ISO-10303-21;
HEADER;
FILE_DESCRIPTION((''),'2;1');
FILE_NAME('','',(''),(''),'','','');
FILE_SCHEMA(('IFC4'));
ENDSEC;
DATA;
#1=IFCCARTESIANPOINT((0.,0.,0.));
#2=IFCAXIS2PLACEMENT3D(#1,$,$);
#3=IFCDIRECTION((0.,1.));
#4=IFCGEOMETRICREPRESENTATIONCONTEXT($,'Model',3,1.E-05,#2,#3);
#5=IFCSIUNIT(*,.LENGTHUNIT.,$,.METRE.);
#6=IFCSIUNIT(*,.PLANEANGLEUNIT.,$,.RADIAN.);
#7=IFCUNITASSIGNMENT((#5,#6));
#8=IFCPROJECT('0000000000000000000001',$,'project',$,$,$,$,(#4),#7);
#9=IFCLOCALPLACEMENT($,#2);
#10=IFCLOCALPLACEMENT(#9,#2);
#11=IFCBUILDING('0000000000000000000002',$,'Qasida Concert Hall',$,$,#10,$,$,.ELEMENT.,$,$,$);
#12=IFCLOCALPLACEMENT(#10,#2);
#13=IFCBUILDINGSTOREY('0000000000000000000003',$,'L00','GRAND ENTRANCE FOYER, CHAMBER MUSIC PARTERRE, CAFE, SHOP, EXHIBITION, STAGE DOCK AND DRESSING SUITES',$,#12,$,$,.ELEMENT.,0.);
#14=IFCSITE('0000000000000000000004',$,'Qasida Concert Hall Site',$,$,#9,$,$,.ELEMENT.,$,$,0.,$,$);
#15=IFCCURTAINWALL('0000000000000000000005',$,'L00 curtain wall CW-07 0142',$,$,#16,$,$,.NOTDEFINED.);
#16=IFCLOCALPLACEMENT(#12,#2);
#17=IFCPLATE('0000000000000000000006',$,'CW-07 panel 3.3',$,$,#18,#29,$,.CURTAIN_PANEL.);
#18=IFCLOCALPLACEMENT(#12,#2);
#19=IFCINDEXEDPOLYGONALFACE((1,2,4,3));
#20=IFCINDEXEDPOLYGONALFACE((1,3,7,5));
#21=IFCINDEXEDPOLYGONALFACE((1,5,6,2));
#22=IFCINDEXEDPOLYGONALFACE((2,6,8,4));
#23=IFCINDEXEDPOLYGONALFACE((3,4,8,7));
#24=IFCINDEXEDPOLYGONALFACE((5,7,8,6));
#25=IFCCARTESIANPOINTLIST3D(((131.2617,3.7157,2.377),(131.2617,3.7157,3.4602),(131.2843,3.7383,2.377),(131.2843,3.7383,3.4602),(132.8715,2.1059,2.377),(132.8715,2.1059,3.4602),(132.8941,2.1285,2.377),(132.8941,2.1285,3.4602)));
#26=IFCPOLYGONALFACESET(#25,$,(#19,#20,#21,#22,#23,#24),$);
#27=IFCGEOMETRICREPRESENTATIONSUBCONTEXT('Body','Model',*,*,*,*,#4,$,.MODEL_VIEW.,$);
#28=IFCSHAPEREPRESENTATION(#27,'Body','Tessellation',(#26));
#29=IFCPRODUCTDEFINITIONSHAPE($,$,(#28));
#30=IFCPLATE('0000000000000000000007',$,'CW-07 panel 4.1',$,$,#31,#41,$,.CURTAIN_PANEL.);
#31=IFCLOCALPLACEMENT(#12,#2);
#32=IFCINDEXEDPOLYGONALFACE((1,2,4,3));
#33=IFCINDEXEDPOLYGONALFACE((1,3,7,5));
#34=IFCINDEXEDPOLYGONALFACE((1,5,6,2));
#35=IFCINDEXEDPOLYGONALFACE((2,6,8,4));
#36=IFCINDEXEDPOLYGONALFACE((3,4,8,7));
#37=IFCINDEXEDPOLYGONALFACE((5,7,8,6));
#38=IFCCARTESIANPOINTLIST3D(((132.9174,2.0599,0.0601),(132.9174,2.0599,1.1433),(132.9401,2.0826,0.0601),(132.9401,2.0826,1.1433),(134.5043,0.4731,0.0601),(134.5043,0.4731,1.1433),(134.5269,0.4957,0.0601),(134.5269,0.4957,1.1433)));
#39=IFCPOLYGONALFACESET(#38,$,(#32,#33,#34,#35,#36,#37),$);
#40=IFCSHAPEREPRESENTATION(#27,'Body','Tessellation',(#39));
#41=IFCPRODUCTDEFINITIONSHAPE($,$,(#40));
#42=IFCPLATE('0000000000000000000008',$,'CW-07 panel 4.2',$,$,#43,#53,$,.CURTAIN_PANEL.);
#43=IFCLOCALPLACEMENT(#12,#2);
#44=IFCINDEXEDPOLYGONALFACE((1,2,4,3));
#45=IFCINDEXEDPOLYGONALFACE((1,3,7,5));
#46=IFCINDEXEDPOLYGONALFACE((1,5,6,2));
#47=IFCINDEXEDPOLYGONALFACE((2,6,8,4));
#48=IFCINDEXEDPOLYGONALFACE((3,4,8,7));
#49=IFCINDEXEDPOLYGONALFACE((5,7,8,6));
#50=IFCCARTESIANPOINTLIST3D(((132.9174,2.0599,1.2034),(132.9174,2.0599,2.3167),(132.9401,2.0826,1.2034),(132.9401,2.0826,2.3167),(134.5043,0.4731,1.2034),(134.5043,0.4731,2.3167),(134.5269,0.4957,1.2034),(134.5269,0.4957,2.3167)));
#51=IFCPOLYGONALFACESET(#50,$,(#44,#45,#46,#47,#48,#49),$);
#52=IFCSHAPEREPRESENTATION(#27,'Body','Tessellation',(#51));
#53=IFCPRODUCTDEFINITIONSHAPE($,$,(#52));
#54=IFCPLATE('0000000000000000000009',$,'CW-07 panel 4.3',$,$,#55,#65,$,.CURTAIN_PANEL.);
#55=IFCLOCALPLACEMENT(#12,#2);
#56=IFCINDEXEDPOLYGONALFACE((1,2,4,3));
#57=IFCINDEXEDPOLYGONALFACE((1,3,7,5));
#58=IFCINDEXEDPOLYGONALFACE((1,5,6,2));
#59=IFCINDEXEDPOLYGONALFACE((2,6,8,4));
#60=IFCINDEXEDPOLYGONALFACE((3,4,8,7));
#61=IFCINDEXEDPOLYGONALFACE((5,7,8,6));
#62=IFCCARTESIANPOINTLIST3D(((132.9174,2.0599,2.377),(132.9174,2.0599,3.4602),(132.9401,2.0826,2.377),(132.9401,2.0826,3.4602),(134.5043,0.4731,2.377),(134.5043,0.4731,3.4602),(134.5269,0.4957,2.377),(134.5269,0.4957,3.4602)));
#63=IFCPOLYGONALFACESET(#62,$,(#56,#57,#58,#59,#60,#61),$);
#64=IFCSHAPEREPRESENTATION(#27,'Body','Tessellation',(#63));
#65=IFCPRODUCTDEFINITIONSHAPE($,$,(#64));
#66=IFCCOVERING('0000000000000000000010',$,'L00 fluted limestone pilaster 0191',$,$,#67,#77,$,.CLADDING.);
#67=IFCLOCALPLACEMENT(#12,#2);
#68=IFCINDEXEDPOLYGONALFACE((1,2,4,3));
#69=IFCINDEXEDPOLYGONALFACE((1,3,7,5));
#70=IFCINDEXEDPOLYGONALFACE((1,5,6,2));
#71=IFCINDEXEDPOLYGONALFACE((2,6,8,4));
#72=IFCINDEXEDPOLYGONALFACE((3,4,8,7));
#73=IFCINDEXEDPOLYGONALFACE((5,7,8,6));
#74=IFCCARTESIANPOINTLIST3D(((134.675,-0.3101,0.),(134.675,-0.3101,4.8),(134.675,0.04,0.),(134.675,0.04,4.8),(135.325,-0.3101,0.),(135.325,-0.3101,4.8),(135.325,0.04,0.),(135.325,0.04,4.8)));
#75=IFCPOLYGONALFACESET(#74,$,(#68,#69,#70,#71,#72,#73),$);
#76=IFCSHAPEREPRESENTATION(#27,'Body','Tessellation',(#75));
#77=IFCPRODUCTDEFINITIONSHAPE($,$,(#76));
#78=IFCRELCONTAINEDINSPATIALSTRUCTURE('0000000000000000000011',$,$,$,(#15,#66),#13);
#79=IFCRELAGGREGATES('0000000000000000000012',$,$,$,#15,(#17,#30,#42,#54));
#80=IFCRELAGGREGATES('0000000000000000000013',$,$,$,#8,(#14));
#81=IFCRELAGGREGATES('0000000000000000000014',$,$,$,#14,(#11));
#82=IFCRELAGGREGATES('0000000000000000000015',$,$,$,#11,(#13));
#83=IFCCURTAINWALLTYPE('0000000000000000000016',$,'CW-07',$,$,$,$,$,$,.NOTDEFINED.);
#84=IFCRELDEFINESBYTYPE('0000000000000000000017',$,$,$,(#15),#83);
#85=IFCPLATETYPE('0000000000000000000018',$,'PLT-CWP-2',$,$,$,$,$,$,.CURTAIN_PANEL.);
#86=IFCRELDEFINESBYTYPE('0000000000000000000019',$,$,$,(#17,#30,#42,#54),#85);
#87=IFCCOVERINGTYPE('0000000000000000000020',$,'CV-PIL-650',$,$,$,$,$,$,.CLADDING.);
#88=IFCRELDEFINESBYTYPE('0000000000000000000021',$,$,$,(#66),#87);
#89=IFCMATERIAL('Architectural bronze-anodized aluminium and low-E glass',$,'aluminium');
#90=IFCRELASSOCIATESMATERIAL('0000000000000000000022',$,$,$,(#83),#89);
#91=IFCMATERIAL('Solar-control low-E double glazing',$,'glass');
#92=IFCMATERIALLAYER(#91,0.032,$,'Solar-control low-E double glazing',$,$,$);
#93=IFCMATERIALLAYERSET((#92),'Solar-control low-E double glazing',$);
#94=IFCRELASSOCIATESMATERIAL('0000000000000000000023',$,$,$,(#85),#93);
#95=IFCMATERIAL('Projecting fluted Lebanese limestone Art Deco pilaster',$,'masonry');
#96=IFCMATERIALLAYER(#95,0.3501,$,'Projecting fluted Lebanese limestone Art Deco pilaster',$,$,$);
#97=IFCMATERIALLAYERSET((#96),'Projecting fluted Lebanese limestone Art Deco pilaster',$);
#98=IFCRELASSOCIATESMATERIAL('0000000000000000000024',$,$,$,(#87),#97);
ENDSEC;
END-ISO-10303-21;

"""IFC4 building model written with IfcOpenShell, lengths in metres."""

from ifc_helpers import new_model, si_unit, direction, frame, origin, origin_2d, place, context, subcontext, project, spatial, rectangle, extrude, material, layer, layer_set, type_object, element, aggregate, save


model = new_model("IFC4")

# Units and contexts
model_context = context("Model", 3, precision=1e-05, world=origin(), true_north=direction((0.0, 1.0)))
body_context = subcontext(model_context, "Body", "Model", "MODEL_VIEW")
ifc_project = project(units=[si_unit("LENGTHUNIT", "METRE"), si_unit("PLANEANGLEUNIT", "RADIAN")], contexts=[model_context])

# Site, building, storey
site_placement = place(None, origin())
site = spatial("IfcSite", under=ifc_project, at=site_placement, Name="Qasida Concert Hall Site", CompositionType="ELEMENT", RefElevation=0.0)
building_placement = place(site_placement, origin())
building = spatial("IfcBuilding", under=site, at=building_placement, Name="Qasida Concert Hall", CompositionType="ELEMENT")
storey_placement = place(building_placement, origin())
storey = spatial("IfcBuildingStorey", under=building, at=storey_placement, Name="L00", Description="GRAND ENTRANCE FOYER, CHAMBER MUSIC PARTERRE, CAFE, SHOP, EXHIBITION, STAGE DOCK AND DRESSING SUITES", CompositionType="ELEMENT", Elevation=0.0)

# Curtain wall, plates
ifc_material_1 = material(Name="Architectural bronze-anodized aluminium and low-E glass", Category="aluminium")
curtain_wall_type = type_object("IfcCurtainWallType", Name="CW-07", PredefinedType="NOTDEFINED", material=ifc_material_1)
curtain_wall_placement = place(storey_placement, origin())
curtain_wall = element("IfcCurtainWall", 1, at=curtain_wall_placement, inside=storey, type_object=curtain_wall_type, Name="L00 curtain wall CW-07 0142", PredefinedType="NOTDEFINED")
ifc_material_2 = material(Name="Solar-control low-E double glazing", Category="glass")
ifc_layer_1 = layer(ifc_material_2, 0.032, Name="Solar-control low-E double glazing")
ifc_layer_set_1 = layer_set([ifc_layer_1], Name="Solar-control low-E double glazing")
plate_type = type_object("IfcPlateType", Name="PLT-CWP-2", PredefinedType="CURTAIN_PANEL", material=ifc_layer_set_1)
plate_1_placement = place(storey_placement, frame((132.0779, 2.9221, 2.377), z_axis=(0.0, 0.0, 1.0), x_axis=(0.707107, -0.707107, 0.0)))
plate_1 = element("IfcPlate", 2, at=plate_1_placement, type_object=plate_type, Name="CW-07 panel 3.3", PredefinedType="CURTAIN_PANEL", context=body_context, shape_type="SweptSolid", body=[
    extrude(rectangle(XDim=2.2766, YDim=0.032, at=origin_2d()), origin(), (0.0, 0.0, 1.0), 1.0833),
])
plate_2_placement = place(storey_placement, frame((133.7222, 1.2778, 0.0601), z_axis=(0.0, 0.0, 1.0), x_axis=(0.707107, -0.707107, 0.0)))
plate_2 = element("IfcPlate", 3, at=plate_2_placement, type_object=plate_type, Name="CW-07 panel 4.1", PredefinedType="CURTAIN_PANEL", context=body_context, shape_type="SweptSolid", body=[
    extrude(rectangle(XDim=2.2441, YDim=0.032, at=origin_2d()), origin(), (0.0, 0.0, 1.0), 1.0833),
])
plate_3_placement = place(storey_placement, frame((133.7222, 1.2778, 1.2034), z_axis=(0.0, 0.0, 1.0), x_axis=(0.707107, -0.707107, 0.0)))
plate_3 = element("IfcPlate", 4, at=plate_3_placement, type_object=plate_type, Name="CW-07 panel 4.2", PredefinedType="CURTAIN_PANEL", context=body_context, shape_type="SweptSolid", body=[
    extrude(rectangle(XDim=2.2441, YDim=0.032, at=origin_2d()), origin(), (0.0, 0.0, 1.0), 1.1133),
])
plate_4_placement = place(storey_placement, frame((133.7222, 1.2778, 2.377), z_axis=(0.0, 0.0, 1.0), x_axis=(0.707107, -0.707107, 0.0)))
plate_4 = element("IfcPlate", 5, at=plate_4_placement, type_object=plate_type, Name="CW-07 panel 4.3", PredefinedType="CURTAIN_PANEL", context=body_context, shape_type="SweptSolid", body=[
    extrude(rectangle(XDim=2.2441, YDim=0.032, at=origin_2d()), origin(), (0.0, 0.0, 1.0), 1.0833),
])
aggregate(curtain_wall, [plate_1, plate_2, plate_3, plate_4])

# Covering
ifc_material_3 = material(Name="Projecting fluted Lebanese limestone Art Deco pilaster", Category="masonry")
ifc_layer_2 = layer(ifc_material_3, 0.3501, Name="Projecting fluted Lebanese limestone Art Deco pilaster")
ifc_layer_set_2 = layer_set([ifc_layer_2], Name="Projecting fluted Lebanese limestone Art Deco pilaster")
covering_type = type_object("IfcCoveringType", Name="CV-PIL-650", PredefinedType="CLADDING", material=ifc_layer_set_2)
covering_placement = place(storey_placement, frame((135.0, -0.135, 0.0), z_axis=(0.0, 0.0, 1.0), x_axis=(1.0, 0.0, 0.0)))
element("IfcCovering", 6, at=covering_placement, inside=storey, type_object=covering_type, Name="L00 fluted limestone pilaster 0191", PredefinedType="CLADDING", context=body_context, shape_type="SweptSolid", body=[
    extrude(rectangle(XDim=0.6499, YDim=0.3501, at=origin_2d()), origin(), (0.0, 0.0, 1.0), 4.8),
])

save(model, "model.ifc")
